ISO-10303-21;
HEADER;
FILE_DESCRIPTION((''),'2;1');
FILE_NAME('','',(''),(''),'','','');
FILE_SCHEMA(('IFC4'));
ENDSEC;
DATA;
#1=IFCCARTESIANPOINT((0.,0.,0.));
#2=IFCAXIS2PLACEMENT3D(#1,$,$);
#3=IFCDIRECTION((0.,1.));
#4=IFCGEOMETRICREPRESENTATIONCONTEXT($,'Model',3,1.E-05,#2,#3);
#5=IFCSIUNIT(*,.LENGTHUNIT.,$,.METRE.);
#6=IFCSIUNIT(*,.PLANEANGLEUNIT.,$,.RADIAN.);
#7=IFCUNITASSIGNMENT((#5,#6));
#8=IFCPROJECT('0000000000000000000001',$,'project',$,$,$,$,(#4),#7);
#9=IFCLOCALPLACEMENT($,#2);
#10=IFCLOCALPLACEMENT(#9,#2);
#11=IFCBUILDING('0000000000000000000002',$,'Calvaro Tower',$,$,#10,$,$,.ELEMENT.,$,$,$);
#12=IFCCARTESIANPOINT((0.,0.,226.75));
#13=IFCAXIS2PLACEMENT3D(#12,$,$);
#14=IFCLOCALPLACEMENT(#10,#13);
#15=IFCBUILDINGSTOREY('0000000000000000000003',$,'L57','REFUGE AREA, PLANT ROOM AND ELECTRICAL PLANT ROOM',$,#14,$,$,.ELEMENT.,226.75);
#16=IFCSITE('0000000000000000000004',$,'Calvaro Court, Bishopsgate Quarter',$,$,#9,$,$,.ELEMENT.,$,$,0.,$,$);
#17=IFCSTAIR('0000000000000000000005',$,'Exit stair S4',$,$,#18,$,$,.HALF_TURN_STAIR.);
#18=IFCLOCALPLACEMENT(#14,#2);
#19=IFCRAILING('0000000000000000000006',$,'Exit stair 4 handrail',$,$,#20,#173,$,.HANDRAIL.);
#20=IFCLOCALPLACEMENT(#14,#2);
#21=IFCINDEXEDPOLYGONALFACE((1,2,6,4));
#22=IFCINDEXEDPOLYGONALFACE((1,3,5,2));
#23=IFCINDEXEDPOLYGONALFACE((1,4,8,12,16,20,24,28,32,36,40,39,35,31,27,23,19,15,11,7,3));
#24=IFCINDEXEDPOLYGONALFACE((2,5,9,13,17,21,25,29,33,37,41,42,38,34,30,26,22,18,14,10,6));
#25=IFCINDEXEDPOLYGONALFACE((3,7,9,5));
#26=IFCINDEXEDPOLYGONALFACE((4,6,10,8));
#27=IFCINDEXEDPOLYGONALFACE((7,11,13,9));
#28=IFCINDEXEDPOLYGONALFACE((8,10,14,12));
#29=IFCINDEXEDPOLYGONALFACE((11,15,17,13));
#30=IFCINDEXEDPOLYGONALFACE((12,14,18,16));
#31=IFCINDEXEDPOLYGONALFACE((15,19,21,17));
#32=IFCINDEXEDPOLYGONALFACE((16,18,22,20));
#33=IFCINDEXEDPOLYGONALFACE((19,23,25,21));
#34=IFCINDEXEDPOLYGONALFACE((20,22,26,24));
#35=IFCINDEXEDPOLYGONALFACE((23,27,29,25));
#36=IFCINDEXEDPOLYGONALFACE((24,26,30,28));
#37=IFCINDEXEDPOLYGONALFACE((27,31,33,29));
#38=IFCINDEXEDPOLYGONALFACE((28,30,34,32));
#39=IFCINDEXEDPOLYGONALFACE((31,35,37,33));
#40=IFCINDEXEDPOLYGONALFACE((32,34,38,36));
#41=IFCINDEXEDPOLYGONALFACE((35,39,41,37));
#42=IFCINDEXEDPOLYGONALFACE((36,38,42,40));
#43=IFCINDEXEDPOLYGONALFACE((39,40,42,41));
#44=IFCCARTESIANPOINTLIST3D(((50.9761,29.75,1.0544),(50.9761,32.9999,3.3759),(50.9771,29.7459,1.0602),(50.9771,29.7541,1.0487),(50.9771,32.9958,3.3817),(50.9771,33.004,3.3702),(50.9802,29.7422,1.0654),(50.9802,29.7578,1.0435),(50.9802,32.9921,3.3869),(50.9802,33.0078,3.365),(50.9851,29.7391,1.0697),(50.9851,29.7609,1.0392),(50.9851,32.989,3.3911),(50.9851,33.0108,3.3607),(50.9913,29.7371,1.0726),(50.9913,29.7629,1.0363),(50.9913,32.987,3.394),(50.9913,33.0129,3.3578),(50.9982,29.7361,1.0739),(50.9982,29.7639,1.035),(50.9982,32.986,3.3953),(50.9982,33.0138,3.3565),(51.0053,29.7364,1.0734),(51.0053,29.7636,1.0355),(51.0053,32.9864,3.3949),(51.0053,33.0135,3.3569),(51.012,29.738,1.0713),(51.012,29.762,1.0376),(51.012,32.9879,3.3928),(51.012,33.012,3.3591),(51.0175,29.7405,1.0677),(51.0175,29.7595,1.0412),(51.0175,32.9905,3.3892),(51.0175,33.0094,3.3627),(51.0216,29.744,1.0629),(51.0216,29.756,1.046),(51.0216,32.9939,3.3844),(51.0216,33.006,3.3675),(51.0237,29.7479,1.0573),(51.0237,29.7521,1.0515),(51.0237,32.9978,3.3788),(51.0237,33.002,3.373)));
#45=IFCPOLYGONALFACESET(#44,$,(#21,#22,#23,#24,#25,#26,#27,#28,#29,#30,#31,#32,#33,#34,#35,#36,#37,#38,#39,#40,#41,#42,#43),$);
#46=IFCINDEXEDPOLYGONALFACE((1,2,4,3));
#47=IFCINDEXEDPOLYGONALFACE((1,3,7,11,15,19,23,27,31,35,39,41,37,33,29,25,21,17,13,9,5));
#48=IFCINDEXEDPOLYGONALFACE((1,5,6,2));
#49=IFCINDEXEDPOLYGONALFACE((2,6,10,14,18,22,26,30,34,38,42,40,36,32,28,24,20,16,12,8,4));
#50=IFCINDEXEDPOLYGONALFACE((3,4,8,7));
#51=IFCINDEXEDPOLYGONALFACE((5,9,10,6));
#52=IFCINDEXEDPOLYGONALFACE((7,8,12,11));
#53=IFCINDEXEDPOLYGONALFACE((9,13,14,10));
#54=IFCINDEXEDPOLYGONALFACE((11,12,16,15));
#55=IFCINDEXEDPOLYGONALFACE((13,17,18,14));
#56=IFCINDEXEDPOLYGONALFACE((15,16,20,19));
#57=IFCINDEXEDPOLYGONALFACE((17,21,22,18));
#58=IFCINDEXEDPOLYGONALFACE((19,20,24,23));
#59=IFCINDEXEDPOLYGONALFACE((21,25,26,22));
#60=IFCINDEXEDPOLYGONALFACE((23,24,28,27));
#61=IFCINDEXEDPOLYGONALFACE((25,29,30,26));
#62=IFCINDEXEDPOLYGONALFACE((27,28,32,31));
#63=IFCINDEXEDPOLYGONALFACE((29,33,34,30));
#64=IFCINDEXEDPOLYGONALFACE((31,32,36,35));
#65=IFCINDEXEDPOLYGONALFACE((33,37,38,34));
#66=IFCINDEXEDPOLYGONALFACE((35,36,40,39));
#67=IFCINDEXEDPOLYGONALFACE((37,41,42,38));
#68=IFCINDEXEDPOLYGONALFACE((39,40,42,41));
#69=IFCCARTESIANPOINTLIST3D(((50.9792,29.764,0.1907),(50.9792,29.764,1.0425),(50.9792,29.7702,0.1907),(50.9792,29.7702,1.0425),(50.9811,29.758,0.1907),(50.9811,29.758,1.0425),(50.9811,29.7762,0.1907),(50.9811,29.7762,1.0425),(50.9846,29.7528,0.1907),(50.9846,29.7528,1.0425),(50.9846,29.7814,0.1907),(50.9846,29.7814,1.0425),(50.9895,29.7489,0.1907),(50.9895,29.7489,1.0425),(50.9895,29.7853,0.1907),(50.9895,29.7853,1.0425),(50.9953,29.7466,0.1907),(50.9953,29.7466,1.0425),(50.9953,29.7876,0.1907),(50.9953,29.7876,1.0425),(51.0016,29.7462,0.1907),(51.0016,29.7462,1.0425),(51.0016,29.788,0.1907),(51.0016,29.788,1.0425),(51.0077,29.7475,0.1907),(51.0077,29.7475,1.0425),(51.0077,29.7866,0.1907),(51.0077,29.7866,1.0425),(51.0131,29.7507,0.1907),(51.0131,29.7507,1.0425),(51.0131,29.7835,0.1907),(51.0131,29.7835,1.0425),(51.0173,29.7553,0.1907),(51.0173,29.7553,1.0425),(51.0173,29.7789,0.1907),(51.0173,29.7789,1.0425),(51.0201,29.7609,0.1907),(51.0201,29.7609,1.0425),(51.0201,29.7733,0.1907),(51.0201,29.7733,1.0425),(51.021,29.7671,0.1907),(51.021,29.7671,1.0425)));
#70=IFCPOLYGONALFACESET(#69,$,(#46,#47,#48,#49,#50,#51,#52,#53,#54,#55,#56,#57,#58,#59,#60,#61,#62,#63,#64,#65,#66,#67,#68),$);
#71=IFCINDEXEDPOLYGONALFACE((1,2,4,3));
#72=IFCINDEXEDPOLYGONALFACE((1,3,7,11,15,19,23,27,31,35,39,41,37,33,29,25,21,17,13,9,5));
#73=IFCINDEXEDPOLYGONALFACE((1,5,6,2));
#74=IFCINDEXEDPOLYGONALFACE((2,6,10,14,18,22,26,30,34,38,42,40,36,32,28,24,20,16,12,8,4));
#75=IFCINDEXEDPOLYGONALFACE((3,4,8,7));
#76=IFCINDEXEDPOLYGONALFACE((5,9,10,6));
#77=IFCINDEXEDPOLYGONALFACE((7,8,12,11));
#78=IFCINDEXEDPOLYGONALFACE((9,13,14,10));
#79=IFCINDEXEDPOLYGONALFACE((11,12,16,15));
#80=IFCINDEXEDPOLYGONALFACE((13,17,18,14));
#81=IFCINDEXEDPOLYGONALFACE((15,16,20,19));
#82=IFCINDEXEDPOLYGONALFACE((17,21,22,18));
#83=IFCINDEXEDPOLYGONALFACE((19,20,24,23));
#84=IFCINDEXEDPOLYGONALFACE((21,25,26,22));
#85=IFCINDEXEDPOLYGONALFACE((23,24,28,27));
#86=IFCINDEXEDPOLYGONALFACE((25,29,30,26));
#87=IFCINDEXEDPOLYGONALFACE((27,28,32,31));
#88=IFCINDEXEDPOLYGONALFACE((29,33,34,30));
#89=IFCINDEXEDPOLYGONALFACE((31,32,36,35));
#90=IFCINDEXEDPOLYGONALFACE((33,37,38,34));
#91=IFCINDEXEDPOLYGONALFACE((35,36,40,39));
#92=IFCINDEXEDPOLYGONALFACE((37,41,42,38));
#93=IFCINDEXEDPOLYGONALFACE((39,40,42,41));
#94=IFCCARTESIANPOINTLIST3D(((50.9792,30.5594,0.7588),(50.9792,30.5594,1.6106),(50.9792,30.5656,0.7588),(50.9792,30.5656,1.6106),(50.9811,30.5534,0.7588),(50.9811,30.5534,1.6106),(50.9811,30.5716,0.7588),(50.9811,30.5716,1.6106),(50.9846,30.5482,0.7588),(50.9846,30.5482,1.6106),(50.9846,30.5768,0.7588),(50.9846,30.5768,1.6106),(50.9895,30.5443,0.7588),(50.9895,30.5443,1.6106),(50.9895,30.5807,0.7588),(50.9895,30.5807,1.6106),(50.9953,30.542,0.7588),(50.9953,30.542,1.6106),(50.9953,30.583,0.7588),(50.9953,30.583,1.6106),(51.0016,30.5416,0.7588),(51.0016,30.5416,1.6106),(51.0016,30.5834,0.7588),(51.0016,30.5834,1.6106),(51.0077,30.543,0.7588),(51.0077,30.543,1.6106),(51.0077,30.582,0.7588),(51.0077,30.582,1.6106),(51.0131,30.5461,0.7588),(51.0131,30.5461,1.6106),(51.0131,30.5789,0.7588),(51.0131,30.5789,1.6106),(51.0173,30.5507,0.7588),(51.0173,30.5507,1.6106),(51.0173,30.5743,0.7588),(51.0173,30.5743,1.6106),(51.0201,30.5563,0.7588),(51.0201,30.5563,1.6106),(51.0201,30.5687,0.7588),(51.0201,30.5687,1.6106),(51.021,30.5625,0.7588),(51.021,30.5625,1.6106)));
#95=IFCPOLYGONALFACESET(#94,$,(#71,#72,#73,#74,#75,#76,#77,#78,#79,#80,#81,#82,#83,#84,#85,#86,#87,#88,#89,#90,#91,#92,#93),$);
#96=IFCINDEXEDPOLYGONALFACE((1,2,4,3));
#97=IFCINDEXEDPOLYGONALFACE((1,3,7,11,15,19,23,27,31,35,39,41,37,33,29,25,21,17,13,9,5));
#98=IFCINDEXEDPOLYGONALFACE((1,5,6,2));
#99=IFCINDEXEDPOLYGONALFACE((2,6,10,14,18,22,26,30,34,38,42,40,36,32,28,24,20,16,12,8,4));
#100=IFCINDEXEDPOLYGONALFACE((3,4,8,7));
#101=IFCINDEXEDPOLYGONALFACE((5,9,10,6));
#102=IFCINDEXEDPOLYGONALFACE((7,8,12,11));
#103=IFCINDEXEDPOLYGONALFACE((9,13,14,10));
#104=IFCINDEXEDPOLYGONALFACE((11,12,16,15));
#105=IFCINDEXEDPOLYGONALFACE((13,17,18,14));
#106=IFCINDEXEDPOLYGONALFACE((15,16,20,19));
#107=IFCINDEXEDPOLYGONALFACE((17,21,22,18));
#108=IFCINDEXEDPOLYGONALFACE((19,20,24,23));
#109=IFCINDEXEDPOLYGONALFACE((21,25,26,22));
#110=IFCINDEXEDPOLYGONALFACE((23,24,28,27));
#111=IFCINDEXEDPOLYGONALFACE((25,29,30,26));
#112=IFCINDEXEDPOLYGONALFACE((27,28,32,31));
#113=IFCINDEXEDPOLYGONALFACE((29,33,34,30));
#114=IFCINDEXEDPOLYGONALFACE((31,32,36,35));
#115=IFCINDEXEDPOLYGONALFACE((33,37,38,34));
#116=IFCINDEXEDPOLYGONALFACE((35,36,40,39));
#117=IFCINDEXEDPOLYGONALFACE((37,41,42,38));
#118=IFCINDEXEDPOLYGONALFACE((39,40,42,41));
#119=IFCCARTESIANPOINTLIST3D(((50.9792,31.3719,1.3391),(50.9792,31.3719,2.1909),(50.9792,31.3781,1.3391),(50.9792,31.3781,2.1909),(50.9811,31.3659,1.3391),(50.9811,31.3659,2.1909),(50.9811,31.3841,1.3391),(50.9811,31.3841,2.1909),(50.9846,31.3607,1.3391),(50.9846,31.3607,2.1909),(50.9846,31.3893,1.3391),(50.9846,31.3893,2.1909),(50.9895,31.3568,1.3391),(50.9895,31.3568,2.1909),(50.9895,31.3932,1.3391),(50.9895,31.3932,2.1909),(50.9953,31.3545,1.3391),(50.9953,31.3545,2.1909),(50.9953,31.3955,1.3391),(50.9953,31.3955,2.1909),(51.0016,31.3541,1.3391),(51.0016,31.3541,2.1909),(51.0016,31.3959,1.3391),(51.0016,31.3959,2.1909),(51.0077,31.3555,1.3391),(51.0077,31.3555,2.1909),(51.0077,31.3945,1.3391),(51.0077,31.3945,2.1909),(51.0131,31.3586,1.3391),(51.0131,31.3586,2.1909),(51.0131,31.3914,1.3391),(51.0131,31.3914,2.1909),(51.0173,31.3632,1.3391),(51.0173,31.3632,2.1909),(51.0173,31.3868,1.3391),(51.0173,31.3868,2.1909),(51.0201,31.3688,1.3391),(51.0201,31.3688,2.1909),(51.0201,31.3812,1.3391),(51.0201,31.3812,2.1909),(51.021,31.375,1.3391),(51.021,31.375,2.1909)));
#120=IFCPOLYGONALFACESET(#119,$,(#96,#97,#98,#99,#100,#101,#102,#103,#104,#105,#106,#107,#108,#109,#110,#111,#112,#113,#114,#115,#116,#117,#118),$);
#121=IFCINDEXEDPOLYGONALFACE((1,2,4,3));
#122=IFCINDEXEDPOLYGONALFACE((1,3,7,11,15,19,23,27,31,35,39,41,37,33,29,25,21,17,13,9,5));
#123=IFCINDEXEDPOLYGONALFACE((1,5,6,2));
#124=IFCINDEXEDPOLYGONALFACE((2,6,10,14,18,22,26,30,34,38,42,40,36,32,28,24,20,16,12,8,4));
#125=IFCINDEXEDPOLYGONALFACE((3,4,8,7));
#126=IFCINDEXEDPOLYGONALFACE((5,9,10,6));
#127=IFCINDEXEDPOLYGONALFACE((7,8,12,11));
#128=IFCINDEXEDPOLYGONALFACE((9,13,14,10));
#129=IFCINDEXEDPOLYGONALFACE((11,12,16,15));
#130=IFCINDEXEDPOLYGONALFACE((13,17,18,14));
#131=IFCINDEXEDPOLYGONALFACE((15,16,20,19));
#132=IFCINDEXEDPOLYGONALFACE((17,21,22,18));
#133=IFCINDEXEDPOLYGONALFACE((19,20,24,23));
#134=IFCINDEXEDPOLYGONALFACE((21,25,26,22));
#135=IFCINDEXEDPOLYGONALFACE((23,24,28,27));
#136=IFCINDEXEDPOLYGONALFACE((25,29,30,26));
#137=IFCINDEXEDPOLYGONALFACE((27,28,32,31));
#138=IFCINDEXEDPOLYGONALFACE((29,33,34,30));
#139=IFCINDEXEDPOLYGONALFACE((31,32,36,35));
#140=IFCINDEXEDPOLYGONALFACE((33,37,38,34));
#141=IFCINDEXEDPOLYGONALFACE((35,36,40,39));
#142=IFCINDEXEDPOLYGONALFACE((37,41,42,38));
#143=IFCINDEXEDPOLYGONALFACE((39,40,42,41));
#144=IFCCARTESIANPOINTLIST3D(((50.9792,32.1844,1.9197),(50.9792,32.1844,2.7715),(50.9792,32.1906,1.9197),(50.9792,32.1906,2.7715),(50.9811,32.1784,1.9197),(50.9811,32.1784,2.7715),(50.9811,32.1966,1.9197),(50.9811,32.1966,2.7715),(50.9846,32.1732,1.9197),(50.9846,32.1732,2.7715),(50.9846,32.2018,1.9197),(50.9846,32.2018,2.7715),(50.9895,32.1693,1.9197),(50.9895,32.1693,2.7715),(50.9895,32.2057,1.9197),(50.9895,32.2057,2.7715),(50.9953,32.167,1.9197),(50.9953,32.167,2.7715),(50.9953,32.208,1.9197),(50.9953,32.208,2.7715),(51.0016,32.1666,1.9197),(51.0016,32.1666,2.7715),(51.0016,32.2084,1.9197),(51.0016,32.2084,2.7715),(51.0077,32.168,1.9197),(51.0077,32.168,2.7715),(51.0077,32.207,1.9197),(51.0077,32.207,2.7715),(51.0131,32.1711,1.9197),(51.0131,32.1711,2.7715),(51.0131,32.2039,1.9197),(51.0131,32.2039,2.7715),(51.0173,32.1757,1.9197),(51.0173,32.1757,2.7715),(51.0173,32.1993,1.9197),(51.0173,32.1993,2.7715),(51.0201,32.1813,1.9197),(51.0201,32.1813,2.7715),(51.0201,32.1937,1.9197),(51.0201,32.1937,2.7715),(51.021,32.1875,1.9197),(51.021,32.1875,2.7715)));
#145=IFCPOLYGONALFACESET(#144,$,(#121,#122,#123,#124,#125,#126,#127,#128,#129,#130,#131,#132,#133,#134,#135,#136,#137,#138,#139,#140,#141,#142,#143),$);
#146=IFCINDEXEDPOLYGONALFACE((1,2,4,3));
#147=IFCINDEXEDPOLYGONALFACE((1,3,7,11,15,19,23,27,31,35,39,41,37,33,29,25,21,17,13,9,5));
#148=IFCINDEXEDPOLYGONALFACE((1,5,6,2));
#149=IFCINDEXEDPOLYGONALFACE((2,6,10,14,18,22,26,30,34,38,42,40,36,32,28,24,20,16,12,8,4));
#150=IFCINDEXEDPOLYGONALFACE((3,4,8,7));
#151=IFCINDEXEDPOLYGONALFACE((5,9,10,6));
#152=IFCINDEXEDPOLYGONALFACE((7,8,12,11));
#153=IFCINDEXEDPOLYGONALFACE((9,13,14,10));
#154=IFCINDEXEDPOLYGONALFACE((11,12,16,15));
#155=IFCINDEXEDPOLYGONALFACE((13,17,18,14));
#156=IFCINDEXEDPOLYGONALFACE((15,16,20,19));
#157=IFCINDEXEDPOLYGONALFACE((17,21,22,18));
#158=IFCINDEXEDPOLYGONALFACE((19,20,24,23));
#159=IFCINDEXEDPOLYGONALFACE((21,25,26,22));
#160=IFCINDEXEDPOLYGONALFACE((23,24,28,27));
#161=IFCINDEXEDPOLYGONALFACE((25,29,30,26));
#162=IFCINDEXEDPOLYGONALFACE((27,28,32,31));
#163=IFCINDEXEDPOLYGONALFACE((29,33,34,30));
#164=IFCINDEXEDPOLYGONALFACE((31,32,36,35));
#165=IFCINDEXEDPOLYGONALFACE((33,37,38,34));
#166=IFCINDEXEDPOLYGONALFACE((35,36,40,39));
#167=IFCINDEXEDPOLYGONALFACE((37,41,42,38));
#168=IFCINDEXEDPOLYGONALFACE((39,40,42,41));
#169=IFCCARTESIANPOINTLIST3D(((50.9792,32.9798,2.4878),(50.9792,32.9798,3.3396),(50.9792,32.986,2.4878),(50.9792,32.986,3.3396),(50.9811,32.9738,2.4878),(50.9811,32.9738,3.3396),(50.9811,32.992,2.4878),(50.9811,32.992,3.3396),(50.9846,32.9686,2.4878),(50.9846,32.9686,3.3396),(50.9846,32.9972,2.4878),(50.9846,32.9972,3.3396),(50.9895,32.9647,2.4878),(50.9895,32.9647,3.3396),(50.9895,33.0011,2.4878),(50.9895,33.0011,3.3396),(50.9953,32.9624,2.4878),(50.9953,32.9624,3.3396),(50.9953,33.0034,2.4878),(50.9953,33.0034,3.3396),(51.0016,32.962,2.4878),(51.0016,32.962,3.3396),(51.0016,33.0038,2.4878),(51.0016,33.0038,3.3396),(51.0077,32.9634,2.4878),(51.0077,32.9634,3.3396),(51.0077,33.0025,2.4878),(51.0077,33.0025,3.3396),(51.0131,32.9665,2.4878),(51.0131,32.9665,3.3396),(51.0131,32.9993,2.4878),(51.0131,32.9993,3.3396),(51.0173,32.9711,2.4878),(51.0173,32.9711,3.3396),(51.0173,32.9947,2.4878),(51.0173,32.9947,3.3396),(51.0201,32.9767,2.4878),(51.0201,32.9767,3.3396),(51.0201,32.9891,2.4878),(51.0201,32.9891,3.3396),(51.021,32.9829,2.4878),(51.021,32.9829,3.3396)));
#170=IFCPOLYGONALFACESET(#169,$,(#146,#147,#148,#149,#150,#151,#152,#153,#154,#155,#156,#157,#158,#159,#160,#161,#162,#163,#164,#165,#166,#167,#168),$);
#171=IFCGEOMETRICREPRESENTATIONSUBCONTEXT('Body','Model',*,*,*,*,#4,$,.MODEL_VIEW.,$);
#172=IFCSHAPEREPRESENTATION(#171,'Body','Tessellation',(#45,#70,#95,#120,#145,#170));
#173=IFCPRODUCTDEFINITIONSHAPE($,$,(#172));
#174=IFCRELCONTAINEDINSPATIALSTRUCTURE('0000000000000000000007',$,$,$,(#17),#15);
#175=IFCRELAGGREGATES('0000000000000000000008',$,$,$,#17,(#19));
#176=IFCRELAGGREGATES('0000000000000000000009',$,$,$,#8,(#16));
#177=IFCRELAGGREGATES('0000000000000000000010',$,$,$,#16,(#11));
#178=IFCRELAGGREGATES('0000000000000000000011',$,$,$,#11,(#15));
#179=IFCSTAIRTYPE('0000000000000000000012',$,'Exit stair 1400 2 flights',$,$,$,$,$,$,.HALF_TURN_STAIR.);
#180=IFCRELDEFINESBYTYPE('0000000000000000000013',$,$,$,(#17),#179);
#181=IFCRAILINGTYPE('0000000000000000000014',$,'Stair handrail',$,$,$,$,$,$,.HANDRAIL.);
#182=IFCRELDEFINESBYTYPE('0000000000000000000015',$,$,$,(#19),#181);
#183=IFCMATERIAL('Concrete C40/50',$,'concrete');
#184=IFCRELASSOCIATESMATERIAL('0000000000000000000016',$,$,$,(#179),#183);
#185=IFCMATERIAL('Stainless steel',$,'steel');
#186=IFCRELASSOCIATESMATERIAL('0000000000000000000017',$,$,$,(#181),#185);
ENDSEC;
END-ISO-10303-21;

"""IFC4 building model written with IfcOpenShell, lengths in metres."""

from ifc_helpers import new_model, si_unit, direction, frame, origin, origin_2d, place, context, subcontext, project, spatial, circle, extrude, material, type_object, element, aggregate, save


model = new_model("IFC4")

# Units and contexts
model_context = context("Model", 3, precision=1e-05, world=origin(), true_north=direction((0.0, 1.0)))
body_context = subcontext(model_context, "Body", "Model", "MODEL_VIEW")
ifc_project = project(units=[si_unit("LENGTHUNIT", "METRE"), si_unit("PLANEANGLEUNIT", "RADIAN")], contexts=[model_context])

# Site, building, storey
site_placement = place(None, origin())
site = spatial("IfcSite", under=ifc_project, at=site_placement, Name="Calvaro Court, Bishopsgate Quarter", CompositionType="ELEMENT", RefElevation=0.0)
building_placement = place(site_placement, origin())
building = spatial("IfcBuilding", under=site, at=building_placement, Name="Calvaro Tower", CompositionType="ELEMENT")
storey_placement = place(building_placement, frame((0.0, 0.0, 226.75)))
storey = spatial("IfcBuildingStorey", under=building, at=storey_placement, Name="L57", Description="REFUGE AREA, PLANT ROOM AND ELECTRICAL PLANT ROOM", CompositionType="ELEMENT", Elevation=226.75)

# Stair
ifc_material_1 = material(Name="Concrete C40/50", Category="concrete")
stair_type = type_object("IfcStairType", Name="Exit stair 1400 2 flights", PredefinedType="HALF_TURN_STAIR", material=ifc_material_1)
stair_1_placement = place(storey_placement, origin())
stair_1 = element("IfcStair", 1, at=stair_1_placement, inside=storey, type_object=stair_type, Name="Exit stair S4", PredefinedType="HALF_TURN_STAIR")

# Railing
ifc_material_2 = material(Name="Stainless steel", Category="steel")
railing_type = type_object("IfcRailingType", Name="Stair handrail", PredefinedType="HANDRAIL", material=ifc_material_2)
railing_1_placement = place(storey_placement, frame((51.0, 29.75, 0.1785)))
railing_1 = element("IfcRailing", 2, at=railing_1_placement, type_object=railing_type, Name="Exit stair 4 handrail", PredefinedType="HANDRAIL", context=body_context, shape_type="SweptSolid", body=[
    extrude(circle(Radius=0.0239, at=origin_2d()), frame((0.0, 0.0, 0.876), z_axis=(0.0, 0.813721, 0.581256), x_axis=(-1.0, 0.0, 0.0)), (0.0, 0.0, 1.0), 3.9939),
    extrude(circle(Radius=0.021, at=origin_2d()), frame((0.0, 0.0171, 0.0122)), (0.0, 0.0, 1.0), 0.8518),
    extrude(circle(Radius=0.021, at=origin_2d()), frame((0.0, 0.8125, 0.5803)), (0.0, 0.0, 1.0), 0.8518),
    extrude(circle(Radius=0.021, at=origin_2d()), frame((0.0, 1.625, 1.1606)), (0.0, 0.0, 1.0), 0.8518),
    extrude(circle(Radius=0.021, at=origin_2d()), frame((0.0, 2.4375, 1.7412)), (0.0, 0.0, 1.0), 0.8518),
    extrude(circle(Radius=0.021, at=origin_2d()), frame((0.0, 3.2329, 2.3093)), (0.0, 0.0, 1.0), 0.8518),
])
aggregate(stair_1, [railing_1])

save(model, "model.ifc")
